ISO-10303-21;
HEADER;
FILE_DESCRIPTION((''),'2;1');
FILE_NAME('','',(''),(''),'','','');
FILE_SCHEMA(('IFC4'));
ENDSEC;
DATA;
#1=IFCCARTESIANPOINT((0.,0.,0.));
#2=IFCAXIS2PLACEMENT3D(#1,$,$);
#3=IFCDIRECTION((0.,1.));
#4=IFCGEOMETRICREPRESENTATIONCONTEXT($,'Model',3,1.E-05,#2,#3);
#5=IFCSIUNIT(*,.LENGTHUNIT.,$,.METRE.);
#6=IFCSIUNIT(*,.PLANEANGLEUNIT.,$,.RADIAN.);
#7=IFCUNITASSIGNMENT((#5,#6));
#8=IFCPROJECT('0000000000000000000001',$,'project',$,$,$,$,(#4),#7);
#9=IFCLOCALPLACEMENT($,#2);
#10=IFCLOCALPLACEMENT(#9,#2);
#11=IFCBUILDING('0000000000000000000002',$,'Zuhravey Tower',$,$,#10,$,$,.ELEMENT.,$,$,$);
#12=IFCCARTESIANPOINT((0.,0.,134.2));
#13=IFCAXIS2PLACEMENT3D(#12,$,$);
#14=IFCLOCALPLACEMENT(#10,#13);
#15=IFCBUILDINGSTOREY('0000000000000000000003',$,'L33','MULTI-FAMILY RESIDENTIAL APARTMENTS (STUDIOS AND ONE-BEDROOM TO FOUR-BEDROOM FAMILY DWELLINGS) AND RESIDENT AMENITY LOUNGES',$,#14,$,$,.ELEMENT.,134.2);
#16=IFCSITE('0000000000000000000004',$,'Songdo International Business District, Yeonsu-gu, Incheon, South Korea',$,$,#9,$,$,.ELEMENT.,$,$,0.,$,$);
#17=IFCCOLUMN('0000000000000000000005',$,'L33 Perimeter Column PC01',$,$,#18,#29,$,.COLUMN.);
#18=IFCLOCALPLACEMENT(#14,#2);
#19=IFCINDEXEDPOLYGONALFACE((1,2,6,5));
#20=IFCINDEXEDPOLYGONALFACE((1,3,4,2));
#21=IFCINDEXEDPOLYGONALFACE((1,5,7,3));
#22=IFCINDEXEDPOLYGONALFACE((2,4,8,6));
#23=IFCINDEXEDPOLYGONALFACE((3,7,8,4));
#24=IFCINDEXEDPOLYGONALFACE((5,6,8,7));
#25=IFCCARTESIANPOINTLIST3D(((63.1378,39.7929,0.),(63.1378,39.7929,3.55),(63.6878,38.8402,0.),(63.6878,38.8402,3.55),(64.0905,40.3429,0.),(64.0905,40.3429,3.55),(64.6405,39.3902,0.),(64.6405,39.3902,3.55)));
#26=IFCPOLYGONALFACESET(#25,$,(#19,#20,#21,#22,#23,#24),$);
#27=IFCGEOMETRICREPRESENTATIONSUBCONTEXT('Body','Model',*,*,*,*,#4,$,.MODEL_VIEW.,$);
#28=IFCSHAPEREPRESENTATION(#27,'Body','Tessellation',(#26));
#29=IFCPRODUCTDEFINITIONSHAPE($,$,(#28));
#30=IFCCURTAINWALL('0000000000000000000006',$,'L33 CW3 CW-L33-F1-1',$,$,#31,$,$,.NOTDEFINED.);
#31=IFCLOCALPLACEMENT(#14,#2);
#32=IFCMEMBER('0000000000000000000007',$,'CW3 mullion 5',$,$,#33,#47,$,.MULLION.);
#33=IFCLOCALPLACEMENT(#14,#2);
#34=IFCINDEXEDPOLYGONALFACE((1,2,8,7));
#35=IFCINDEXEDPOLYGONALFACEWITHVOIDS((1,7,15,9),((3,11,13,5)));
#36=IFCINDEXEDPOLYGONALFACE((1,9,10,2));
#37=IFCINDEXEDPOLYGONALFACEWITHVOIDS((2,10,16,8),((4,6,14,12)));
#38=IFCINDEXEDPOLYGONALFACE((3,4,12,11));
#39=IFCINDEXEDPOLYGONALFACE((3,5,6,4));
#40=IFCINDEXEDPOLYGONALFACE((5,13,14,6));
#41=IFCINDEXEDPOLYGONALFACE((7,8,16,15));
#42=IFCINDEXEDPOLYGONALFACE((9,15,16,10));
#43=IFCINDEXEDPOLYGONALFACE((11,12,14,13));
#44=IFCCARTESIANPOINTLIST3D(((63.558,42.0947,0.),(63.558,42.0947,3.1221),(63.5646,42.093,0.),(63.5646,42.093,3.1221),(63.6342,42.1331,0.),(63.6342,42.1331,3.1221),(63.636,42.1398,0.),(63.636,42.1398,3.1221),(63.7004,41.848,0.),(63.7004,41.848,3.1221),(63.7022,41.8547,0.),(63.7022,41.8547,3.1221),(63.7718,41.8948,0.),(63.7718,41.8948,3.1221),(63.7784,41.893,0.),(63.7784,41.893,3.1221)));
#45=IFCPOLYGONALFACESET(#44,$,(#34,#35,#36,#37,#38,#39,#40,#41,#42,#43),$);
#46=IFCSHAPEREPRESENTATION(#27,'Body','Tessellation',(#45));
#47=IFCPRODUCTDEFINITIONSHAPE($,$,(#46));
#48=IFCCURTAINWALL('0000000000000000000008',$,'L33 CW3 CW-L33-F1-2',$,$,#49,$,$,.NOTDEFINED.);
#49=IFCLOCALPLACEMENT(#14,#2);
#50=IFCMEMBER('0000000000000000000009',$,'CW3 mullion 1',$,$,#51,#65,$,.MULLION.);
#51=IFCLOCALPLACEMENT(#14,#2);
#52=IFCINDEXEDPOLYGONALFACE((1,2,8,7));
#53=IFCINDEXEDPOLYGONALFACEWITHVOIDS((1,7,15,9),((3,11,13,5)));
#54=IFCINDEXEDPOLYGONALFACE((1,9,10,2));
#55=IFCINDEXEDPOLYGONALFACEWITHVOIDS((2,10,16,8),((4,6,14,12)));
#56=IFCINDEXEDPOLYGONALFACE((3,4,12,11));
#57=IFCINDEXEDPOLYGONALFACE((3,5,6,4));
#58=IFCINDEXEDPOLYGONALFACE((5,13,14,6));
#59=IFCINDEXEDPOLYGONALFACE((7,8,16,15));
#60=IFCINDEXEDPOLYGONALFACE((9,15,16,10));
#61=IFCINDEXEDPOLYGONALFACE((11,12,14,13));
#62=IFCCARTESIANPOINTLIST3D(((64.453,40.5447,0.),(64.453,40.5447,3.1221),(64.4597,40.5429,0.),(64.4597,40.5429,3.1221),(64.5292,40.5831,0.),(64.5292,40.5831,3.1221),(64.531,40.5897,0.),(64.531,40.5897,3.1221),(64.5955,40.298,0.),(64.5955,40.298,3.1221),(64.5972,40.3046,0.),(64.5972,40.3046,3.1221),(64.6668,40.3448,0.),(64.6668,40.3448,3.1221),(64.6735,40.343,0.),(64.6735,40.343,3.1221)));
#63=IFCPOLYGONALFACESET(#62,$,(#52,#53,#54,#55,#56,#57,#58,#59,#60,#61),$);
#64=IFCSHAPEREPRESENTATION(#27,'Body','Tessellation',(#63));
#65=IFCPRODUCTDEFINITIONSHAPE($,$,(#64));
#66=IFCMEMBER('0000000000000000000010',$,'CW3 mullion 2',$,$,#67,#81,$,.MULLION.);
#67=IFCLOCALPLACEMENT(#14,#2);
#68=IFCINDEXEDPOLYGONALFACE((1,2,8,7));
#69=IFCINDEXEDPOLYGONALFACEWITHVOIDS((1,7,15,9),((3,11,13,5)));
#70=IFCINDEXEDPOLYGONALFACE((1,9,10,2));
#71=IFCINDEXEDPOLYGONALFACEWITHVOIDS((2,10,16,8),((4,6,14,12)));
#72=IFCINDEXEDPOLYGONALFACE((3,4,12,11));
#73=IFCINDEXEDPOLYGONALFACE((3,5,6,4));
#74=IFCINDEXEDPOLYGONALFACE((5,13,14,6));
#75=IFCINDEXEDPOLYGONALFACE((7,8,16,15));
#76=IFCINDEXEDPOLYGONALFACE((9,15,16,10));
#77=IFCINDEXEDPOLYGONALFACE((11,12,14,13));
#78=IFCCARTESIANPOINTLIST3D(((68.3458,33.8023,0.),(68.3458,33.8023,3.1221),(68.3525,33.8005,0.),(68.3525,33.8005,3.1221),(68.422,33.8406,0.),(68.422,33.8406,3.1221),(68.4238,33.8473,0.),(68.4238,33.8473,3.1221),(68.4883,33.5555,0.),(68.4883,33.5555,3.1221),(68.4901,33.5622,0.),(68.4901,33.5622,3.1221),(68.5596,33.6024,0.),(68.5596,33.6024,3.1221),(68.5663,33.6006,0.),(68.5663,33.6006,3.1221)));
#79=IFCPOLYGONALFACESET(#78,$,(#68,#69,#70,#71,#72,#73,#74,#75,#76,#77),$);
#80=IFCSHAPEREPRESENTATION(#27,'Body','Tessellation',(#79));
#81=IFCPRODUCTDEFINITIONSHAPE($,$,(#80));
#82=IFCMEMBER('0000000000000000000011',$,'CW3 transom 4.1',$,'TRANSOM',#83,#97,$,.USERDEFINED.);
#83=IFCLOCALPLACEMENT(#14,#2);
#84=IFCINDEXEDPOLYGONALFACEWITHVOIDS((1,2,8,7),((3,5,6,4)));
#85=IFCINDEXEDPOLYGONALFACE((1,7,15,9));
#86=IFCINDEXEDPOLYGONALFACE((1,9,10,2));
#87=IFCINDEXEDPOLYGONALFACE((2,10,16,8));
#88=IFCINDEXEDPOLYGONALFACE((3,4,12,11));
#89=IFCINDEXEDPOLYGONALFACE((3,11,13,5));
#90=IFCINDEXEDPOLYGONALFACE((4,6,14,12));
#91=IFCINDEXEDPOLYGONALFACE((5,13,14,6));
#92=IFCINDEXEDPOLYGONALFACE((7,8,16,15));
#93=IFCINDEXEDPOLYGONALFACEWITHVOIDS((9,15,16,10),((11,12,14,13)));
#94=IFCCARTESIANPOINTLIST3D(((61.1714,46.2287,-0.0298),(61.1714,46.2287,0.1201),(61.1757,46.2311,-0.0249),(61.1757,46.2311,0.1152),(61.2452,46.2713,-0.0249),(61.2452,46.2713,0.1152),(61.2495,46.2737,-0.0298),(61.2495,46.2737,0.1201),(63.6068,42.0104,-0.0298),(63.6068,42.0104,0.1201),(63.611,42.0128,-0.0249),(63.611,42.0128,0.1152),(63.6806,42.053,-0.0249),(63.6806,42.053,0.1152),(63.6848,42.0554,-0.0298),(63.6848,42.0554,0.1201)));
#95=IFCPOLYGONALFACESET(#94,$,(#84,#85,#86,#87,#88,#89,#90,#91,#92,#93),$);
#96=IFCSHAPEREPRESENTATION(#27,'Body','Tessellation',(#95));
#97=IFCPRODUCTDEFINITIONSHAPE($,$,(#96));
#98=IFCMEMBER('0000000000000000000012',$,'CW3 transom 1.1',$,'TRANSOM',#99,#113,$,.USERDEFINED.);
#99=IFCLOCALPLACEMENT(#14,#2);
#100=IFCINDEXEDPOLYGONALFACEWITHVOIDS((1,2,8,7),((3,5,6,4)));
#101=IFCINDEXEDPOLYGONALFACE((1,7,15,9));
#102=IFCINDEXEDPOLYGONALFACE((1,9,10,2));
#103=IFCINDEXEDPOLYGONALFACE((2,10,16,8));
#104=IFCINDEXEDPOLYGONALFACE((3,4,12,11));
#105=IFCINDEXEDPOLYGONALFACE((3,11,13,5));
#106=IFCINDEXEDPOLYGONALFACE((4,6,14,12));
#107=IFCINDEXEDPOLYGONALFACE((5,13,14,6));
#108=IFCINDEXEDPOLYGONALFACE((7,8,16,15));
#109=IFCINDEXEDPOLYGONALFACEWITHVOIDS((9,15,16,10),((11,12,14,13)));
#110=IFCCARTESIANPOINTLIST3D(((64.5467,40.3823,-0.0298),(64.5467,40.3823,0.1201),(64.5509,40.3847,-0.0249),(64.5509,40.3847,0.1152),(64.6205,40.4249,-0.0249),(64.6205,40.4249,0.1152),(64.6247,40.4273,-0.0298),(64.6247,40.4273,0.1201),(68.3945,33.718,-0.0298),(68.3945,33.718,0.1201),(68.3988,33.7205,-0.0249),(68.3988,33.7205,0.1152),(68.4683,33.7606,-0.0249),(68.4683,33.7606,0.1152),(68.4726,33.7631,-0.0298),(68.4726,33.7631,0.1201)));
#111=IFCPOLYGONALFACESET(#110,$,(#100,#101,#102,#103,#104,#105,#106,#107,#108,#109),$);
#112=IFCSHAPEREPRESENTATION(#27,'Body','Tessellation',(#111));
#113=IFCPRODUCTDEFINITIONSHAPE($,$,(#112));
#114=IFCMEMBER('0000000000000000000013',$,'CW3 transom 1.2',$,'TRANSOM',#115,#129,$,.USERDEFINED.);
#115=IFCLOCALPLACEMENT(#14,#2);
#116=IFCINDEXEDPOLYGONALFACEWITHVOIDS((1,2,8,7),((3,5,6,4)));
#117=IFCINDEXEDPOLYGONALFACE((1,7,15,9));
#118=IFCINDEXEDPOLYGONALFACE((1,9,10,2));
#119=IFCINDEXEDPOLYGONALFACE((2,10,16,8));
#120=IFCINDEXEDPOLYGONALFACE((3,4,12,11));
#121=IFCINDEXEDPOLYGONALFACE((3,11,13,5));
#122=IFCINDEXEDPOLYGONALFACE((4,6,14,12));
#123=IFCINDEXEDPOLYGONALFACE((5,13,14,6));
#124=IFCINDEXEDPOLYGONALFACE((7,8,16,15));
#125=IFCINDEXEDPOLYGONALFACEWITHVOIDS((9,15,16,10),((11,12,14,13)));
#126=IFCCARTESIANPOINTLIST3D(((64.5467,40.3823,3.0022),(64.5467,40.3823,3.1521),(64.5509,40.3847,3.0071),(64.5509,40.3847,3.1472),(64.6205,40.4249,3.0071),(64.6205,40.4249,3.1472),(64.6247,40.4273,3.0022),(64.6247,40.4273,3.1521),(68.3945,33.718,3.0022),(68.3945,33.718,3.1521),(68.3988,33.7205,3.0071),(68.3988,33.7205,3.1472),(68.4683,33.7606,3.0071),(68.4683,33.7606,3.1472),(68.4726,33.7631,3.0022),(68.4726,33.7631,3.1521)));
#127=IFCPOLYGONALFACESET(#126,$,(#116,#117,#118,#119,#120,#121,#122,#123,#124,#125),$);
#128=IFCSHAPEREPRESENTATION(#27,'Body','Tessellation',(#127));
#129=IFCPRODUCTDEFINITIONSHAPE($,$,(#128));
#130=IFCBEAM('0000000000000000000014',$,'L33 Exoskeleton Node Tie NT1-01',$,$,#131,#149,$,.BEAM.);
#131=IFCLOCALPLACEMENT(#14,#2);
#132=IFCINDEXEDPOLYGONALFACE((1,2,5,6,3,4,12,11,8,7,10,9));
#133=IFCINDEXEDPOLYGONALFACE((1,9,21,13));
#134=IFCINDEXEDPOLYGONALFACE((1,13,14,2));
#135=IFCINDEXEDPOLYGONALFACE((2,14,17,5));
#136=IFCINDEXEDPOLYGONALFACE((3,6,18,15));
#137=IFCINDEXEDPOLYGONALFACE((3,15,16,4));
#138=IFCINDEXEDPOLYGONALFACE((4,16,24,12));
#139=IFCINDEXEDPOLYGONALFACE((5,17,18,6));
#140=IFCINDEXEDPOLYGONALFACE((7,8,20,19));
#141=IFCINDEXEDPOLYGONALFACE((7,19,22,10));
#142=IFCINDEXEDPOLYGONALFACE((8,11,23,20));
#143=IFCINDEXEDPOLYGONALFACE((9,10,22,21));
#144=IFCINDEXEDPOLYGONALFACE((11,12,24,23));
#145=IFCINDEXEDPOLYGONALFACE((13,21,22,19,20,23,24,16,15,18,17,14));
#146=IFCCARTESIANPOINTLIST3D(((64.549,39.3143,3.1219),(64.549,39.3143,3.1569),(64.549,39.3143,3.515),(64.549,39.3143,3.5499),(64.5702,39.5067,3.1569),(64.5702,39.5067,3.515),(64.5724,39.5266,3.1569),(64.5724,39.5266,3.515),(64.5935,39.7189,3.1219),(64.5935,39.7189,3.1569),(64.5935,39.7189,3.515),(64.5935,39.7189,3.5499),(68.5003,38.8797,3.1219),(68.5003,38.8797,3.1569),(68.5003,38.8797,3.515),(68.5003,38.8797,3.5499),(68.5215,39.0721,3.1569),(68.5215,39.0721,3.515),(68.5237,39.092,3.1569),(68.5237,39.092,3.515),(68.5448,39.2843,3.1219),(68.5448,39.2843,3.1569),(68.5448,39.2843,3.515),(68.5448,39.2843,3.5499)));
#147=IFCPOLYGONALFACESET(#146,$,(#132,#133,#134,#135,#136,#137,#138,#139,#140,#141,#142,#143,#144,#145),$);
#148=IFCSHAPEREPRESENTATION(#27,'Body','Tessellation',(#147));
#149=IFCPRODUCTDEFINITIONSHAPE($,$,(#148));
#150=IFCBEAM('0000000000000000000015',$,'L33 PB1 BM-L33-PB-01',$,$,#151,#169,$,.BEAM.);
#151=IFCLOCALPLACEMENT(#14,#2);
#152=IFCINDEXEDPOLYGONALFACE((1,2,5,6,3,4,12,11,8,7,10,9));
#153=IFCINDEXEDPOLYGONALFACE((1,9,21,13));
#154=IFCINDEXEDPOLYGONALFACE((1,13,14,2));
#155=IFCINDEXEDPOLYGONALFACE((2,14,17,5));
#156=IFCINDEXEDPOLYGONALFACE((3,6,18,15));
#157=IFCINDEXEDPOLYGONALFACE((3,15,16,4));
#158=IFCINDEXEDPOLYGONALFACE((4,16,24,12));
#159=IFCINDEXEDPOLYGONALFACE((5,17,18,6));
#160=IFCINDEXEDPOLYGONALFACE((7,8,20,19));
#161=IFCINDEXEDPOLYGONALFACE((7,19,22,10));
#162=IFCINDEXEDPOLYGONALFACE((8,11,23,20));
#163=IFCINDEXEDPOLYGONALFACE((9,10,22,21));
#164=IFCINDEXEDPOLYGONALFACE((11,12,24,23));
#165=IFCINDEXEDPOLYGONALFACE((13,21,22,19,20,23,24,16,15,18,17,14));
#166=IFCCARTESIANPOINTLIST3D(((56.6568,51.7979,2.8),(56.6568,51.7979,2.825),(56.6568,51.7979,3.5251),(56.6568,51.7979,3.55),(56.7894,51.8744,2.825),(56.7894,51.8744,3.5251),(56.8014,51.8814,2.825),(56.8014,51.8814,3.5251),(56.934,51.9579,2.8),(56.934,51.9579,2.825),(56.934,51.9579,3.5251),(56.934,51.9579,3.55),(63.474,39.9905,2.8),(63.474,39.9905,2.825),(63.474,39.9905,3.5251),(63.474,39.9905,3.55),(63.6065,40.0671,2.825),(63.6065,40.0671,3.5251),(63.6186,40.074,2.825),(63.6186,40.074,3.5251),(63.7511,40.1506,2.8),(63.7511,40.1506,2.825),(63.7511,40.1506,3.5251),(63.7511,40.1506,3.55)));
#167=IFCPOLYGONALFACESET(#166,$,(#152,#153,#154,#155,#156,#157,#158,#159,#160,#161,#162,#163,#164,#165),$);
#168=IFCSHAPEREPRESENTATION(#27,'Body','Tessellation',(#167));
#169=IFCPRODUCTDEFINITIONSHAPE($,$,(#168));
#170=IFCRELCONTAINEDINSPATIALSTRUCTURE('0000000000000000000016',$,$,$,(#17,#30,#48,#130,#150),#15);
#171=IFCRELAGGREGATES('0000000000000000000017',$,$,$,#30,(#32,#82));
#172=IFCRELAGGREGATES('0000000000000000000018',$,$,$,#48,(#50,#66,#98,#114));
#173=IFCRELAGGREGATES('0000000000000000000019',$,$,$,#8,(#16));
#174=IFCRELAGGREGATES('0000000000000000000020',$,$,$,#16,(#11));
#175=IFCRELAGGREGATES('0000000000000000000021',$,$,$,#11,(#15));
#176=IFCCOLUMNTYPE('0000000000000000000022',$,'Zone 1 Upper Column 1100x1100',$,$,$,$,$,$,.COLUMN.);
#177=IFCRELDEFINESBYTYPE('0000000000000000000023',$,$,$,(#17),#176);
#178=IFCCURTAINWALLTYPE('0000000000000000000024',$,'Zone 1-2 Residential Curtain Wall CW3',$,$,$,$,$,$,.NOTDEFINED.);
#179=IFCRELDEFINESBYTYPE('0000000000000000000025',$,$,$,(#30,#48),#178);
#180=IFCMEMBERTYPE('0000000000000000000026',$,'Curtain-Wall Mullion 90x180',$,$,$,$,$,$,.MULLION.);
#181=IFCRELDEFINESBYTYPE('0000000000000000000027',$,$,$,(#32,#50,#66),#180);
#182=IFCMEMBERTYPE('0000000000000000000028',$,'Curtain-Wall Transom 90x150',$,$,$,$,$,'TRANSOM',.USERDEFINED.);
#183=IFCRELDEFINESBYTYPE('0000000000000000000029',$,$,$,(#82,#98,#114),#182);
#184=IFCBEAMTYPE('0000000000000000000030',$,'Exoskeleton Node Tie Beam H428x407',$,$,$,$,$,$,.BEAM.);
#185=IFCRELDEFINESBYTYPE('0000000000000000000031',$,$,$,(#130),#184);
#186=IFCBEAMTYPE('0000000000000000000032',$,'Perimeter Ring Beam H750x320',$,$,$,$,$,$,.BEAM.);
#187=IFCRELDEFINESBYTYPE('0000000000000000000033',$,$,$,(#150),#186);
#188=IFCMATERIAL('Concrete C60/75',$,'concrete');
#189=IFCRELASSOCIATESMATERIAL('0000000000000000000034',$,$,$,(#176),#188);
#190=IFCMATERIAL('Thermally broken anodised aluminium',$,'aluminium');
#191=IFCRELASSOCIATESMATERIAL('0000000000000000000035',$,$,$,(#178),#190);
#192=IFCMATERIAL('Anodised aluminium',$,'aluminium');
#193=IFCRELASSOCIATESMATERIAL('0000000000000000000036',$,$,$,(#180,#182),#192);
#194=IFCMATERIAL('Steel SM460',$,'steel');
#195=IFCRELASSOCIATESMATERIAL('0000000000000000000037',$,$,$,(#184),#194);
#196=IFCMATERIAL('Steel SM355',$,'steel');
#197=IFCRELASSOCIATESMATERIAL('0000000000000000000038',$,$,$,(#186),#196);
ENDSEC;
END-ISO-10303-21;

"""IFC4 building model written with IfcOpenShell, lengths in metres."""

from ifc_helpers import new_model, si_unit, direction, frame, origin, origin_2d, place, context, subcontext, project, spatial, rectangle, hollow_rectangle, i_section, extrude, material, material_profile, profile_set, type_object, element, aggregate, save


model = new_model("IFC4")

# Units and contexts
model_context = context("Model", 3, precision=1e-05, world=origin(), true_north=direction((0.0, 1.0)))
body_context = subcontext(model_context, "Body", "Model", "MODEL_VIEW")
ifc_project = project(units=[si_unit("LENGTHUNIT", "METRE"), si_unit("PLANEANGLEUNIT", "RADIAN")], contexts=[model_context])

# Site, building, storey
site_placement = place(None, origin())
site = spatial("IfcSite", under=ifc_project, at=site_placement, Name="Songdo International Business District, Yeonsu-gu, Incheon, South Korea", CompositionType="ELEMENT", RefElevation=0.0)
building_placement = place(site_placement, origin())
building = spatial("IfcBuilding", under=site, at=building_placement, Name="Zuhravey Tower", CompositionType="ELEMENT")
storey_placement = place(building_placement, frame((0.0, 0.0, 134.2)))
storey = spatial("IfcBuildingStorey", under=building, at=storey_placement, Name="L33", Description="MULTI-FAMILY RESIDENTIAL APARTMENTS (STUDIOS AND ONE-BEDROOM TO FOUR-BEDROOM FAMILY DWELLINGS) AND RESIDENT AMENITY LOUNGES", CompositionType="ELEMENT", Elevation=134.2)

# Column
ifc_material_1 = material(Name="Concrete C60/75", Category="concrete")
ifc_material_profile_1 = material_profile(ifc_material_1, rectangle(XDim=1.1001, YDim=1.1001, at=origin_2d()), Name="RC-1100x1100")
ifc_profile_set_1 = profile_set([ifc_material_profile_1], Name="Concrete C60/75")
column_type = type_object("IfcColumnType", Name="Zone 1 Upper Column 1100x1100", PredefinedType="COLUMN", material=ifc_profile_set_1)
column_placement = place(storey_placement, frame((63.8892, 39.5916, 0.0), z_axis=(0.0, 0.0, 1.0), x_axis=(-0.5, 0.866025, 0.0)))
element("IfcColumn", 1, at=column_placement, inside=storey, type_object=column_type, Name="L33 Perimeter Column PC01", PredefinedType="COLUMN", context=body_context, shape_type="SweptSolid", body=[
    extrude(rectangle(XDim=1.1001, YDim=1.1001, at=origin_2d()), origin(), (0.0, 0.0, 1.0), 3.55),
])

# Curtain wall, member
ifc_material_2 = material(Name="Thermally broken anodised aluminium", Category="aluminium")
curtain_wall_type = type_object("IfcCurtainWallType", Name="Zone 1-2 Residential Curtain Wall CW3", PredefinedType="NOTDEFINED", material=ifc_material_2)
curtain_wall_1_placement = place(storey_placement, origin())
curtain_wall_1 = element("IfcCurtainWall", 2, at=curtain_wall_1_placement, inside=storey, type_object=curtain_wall_type, Name="L33 CW3 CW-L33-F1-1", PredefinedType="NOTDEFINED")
ifc_material_3 = material(Name="Anodised aluminium", Category="aluminium")
ifc_material_profile_2 = material_profile(ifc_material_3, hollow_rectangle(XDim=0.0901, YDim=0.2849, WallThickness=0.0049, at=origin_2d()), Name="ALU-RHS-90x285x5")
ifc_profile_set_2 = profile_set([ifc_material_profile_2], Name="Anodised aluminium")
member_type_1 = type_object("IfcMemberType", Name="Curtain-Wall Mullion 90x180", PredefinedType="MULLION", material=ifc_profile_set_2)
member_1_placement = place(storey_placement, frame((63.6682, 41.9939, 0.0), z_axis=(0.0, 0.0, 1.0), x_axis=(0.866026, 0.499999, 0.0)))
member_1 = element("IfcMember", 3, at=member_1_placement, type_object=member_type_1, Name="CW3 mullion 5", PredefinedType="MULLION", context=body_context, shape_type="SweptSolid", body=[
    extrude(hollow_rectangle(XDim=0.0901, YDim=0.2849, WallThickness=0.0049, at=origin_2d()), origin(), (0.0, 0.0, 1.0), 3.1221),
])

# Curtain wall, members
curtain_wall_2_placement = place(storey_placement, origin())
curtain_wall_2 = element("IfcCurtainWall", 4, at=curtain_wall_2_placement, inside=storey, type_object=curtain_wall_type, Name="L33 CW3 CW-L33-F1-2", PredefinedType="NOTDEFINED")
member_2_placement = place(storey_placement, frame((64.5632, 40.4438, 0.0), z_axis=(0.0, 0.0, 1.0), x_axis=(0.866022, 0.500005, 0.0)))
member_2 = element("IfcMember", 5, at=member_2_placement, type_object=member_type_1, Name="CW3 mullion 1", PredefinedType="MULLION", context=body_context, shape_type="SweptSolid", body=[
    extrude(hollow_rectangle(XDim=0.0901, YDim=0.2849, WallThickness=0.0049, at=origin_2d()), origin(), (0.0, 0.0, 1.0), 3.1221),
])
member_3_placement = place(storey_placement, frame((68.4561, 33.7014, 0.0), z_axis=(0.0, 0.0, 1.0), x_axis=(0.866022, 0.500005, 0.0)))
member_3 = element("IfcMember", 6, at=member_3_placement, type_object=member_type_1, Name="CW3 mullion 2", PredefinedType="MULLION", context=body_context, shape_type="SweptSolid", body=[
    extrude(hollow_rectangle(XDim=0.0901, YDim=0.2849, WallThickness=0.0049, at=origin_2d()), origin(), (0.0, 0.0, 1.0), 3.1221),
])

# Members
ifc_material_profile_3 = material_profile(ifc_material_3, hollow_rectangle(XDim=0.0901, YDim=0.1499, WallThickness=0.0049, at=origin_2d()), Name="ALU-RHS-90x150x5")
ifc_profile_set_3 = profile_set([ifc_material_profile_3], Name="Anodised aluminium")
member_type_2 = type_object("IfcMemberType", Name="Curtain-Wall Transom 90x150", ElementType="TRANSOM", PredefinedType="USERDEFINED", material=ifc_profile_set_3)
member_4_placement = place(storey_placement, frame((61.2104, 46.2512, 0.0452), z_axis=(0.499983, -0.866035, 0.0), x_axis=(0.866035, 0.499983, 0.0)))
member_4 = element("IfcMember", 7, at=member_4_placement, type_object=member_type_2, Name="CW3 transom 4.1", ObjectType="TRANSOM", PredefinedType="USERDEFINED", context=body_context, shape_type="SweptSolid", body=[
    extrude(hollow_rectangle(XDim=0.0901, YDim=0.1499, WallThickness=0.0049, at=origin_2d()), origin(), (0.0, 0.0, 1.0), 4.8708),
])
member_5_placement = place(storey_placement, frame((64.5857, 40.4048, 0.0452), z_axis=(0.500025, -0.866011, 0.0), x_axis=(0.866011, 0.500025, 0.0)))
member_5 = element("IfcMember", 8, at=member_5_placement, type_object=member_type_2, Name="CW3 transom 1.1", ObjectType="TRANSOM", PredefinedType="USERDEFINED", context=body_context, shape_type="SweptSolid", body=[
    extrude(hollow_rectangle(XDim=0.0901, YDim=0.1499, WallThickness=0.0049, at=origin_2d()), origin(), (0.0, 0.0, 1.0), 7.6953),
])
member_6_placement = place(storey_placement, frame((64.5857, 40.4048, 3.0771), z_axis=(0.500025, -0.866011, 0.0), x_axis=(0.866011, 0.500025, 0.0)))
member_6 = element("IfcMember", 9, at=member_6_placement, type_object=member_type_2, Name="CW3 transom 1.2", ObjectType="TRANSOM", PredefinedType="USERDEFINED", context=body_context, shape_type="SweptSolid", body=[
    extrude(hollow_rectangle(XDim=0.0901, YDim=0.1499, WallThickness=0.0049, at=origin_2d()), origin(), (0.0, 0.0, 1.0), 7.6953),
])

# Beams
ifc_material_4 = material(Name="Steel SM460", Category="steel")
ifc_material_profile_4 = material_profile(ifc_material_4, i_section(OverallWidth=0.407, OverallDepth=0.428, WebThickness=0.02, FlangeThickness=0.0349, at=origin_2d()), Name="H-428x407x20x35")
ifc_profile_set_4 = profile_set([ifc_material_profile_4], Name="Steel SM460")
beam_type_1 = type_object("IfcBeamType", Name="Exoskeleton Node Tie Beam H428x407", PredefinedType="BEAM", material=ifc_profile_set_4)
beam_1_placement = place(storey_placement, frame((64.5713, 39.5166, 3.3359), z_axis=(0.994006, -0.109326, 0.0), x_axis=(0.109326, 0.994006, 0.0)))
element("IfcBeam", 10, at=beam_1_placement, inside=storey, type_object=beam_type_1, Name="L33 Exoskeleton Node Tie NT1-01", PredefinedType="BEAM", context=body_context, shape_type="SweptSolid", body=[
    extrude(i_section(OverallWidth=0.407, OverallDepth=0.428, WebThickness=0.02, FlangeThickness=0.0349, at=origin_2d()), origin(), (0.0, 0.0, 1.0), 3.9751),
])
ifc_material_5 = material(Name="Steel SM355", Category="steel")
ifc_material_profile_5 = material_profile(ifc_material_5, i_section(OverallWidth=0.3201, OverallDepth=0.75, WebThickness=0.0139, FlangeThickness=0.0249, at=origin_2d()), Name="H-750x320x14x25")
ifc_profile_set_5 = profile_set([ifc_material_profile_5], Name="Steel SM355")
beam_type_2 = type_object("IfcBeamType", Name="Perimeter Ring Beam H750x320", PredefinedType="BEAM", material=ifc_profile_set_5)
beam_2_placement = place(storey_placement, frame((63.6125, 40.0706, 3.175), z_axis=(-0.500008, 0.866021, 0.0), x_axis=(-0.866021, -0.500008, 0.0)))
element("IfcBeam", 11, at=beam_2_placement, inside=storey, type_object=beam_type_2, Name="L33 PB1 BM-L33-PB-01", PredefinedType="BEAM", context=body_context, shape_type="SweptSolid", body=[
    extrude(i_section(OverallWidth=0.3201, OverallDepth=0.75, WebThickness=0.0139, FlangeThickness=0.0249, at=origin_2d()), origin(), (0.0, 0.0, 1.0), 13.634),
])

aggregate(curtain_wall_1, [member_1, member_4])
aggregate(curtain_wall_2, [member_2, member_3, member_5, member_6])

save(model, "model.ifc")
